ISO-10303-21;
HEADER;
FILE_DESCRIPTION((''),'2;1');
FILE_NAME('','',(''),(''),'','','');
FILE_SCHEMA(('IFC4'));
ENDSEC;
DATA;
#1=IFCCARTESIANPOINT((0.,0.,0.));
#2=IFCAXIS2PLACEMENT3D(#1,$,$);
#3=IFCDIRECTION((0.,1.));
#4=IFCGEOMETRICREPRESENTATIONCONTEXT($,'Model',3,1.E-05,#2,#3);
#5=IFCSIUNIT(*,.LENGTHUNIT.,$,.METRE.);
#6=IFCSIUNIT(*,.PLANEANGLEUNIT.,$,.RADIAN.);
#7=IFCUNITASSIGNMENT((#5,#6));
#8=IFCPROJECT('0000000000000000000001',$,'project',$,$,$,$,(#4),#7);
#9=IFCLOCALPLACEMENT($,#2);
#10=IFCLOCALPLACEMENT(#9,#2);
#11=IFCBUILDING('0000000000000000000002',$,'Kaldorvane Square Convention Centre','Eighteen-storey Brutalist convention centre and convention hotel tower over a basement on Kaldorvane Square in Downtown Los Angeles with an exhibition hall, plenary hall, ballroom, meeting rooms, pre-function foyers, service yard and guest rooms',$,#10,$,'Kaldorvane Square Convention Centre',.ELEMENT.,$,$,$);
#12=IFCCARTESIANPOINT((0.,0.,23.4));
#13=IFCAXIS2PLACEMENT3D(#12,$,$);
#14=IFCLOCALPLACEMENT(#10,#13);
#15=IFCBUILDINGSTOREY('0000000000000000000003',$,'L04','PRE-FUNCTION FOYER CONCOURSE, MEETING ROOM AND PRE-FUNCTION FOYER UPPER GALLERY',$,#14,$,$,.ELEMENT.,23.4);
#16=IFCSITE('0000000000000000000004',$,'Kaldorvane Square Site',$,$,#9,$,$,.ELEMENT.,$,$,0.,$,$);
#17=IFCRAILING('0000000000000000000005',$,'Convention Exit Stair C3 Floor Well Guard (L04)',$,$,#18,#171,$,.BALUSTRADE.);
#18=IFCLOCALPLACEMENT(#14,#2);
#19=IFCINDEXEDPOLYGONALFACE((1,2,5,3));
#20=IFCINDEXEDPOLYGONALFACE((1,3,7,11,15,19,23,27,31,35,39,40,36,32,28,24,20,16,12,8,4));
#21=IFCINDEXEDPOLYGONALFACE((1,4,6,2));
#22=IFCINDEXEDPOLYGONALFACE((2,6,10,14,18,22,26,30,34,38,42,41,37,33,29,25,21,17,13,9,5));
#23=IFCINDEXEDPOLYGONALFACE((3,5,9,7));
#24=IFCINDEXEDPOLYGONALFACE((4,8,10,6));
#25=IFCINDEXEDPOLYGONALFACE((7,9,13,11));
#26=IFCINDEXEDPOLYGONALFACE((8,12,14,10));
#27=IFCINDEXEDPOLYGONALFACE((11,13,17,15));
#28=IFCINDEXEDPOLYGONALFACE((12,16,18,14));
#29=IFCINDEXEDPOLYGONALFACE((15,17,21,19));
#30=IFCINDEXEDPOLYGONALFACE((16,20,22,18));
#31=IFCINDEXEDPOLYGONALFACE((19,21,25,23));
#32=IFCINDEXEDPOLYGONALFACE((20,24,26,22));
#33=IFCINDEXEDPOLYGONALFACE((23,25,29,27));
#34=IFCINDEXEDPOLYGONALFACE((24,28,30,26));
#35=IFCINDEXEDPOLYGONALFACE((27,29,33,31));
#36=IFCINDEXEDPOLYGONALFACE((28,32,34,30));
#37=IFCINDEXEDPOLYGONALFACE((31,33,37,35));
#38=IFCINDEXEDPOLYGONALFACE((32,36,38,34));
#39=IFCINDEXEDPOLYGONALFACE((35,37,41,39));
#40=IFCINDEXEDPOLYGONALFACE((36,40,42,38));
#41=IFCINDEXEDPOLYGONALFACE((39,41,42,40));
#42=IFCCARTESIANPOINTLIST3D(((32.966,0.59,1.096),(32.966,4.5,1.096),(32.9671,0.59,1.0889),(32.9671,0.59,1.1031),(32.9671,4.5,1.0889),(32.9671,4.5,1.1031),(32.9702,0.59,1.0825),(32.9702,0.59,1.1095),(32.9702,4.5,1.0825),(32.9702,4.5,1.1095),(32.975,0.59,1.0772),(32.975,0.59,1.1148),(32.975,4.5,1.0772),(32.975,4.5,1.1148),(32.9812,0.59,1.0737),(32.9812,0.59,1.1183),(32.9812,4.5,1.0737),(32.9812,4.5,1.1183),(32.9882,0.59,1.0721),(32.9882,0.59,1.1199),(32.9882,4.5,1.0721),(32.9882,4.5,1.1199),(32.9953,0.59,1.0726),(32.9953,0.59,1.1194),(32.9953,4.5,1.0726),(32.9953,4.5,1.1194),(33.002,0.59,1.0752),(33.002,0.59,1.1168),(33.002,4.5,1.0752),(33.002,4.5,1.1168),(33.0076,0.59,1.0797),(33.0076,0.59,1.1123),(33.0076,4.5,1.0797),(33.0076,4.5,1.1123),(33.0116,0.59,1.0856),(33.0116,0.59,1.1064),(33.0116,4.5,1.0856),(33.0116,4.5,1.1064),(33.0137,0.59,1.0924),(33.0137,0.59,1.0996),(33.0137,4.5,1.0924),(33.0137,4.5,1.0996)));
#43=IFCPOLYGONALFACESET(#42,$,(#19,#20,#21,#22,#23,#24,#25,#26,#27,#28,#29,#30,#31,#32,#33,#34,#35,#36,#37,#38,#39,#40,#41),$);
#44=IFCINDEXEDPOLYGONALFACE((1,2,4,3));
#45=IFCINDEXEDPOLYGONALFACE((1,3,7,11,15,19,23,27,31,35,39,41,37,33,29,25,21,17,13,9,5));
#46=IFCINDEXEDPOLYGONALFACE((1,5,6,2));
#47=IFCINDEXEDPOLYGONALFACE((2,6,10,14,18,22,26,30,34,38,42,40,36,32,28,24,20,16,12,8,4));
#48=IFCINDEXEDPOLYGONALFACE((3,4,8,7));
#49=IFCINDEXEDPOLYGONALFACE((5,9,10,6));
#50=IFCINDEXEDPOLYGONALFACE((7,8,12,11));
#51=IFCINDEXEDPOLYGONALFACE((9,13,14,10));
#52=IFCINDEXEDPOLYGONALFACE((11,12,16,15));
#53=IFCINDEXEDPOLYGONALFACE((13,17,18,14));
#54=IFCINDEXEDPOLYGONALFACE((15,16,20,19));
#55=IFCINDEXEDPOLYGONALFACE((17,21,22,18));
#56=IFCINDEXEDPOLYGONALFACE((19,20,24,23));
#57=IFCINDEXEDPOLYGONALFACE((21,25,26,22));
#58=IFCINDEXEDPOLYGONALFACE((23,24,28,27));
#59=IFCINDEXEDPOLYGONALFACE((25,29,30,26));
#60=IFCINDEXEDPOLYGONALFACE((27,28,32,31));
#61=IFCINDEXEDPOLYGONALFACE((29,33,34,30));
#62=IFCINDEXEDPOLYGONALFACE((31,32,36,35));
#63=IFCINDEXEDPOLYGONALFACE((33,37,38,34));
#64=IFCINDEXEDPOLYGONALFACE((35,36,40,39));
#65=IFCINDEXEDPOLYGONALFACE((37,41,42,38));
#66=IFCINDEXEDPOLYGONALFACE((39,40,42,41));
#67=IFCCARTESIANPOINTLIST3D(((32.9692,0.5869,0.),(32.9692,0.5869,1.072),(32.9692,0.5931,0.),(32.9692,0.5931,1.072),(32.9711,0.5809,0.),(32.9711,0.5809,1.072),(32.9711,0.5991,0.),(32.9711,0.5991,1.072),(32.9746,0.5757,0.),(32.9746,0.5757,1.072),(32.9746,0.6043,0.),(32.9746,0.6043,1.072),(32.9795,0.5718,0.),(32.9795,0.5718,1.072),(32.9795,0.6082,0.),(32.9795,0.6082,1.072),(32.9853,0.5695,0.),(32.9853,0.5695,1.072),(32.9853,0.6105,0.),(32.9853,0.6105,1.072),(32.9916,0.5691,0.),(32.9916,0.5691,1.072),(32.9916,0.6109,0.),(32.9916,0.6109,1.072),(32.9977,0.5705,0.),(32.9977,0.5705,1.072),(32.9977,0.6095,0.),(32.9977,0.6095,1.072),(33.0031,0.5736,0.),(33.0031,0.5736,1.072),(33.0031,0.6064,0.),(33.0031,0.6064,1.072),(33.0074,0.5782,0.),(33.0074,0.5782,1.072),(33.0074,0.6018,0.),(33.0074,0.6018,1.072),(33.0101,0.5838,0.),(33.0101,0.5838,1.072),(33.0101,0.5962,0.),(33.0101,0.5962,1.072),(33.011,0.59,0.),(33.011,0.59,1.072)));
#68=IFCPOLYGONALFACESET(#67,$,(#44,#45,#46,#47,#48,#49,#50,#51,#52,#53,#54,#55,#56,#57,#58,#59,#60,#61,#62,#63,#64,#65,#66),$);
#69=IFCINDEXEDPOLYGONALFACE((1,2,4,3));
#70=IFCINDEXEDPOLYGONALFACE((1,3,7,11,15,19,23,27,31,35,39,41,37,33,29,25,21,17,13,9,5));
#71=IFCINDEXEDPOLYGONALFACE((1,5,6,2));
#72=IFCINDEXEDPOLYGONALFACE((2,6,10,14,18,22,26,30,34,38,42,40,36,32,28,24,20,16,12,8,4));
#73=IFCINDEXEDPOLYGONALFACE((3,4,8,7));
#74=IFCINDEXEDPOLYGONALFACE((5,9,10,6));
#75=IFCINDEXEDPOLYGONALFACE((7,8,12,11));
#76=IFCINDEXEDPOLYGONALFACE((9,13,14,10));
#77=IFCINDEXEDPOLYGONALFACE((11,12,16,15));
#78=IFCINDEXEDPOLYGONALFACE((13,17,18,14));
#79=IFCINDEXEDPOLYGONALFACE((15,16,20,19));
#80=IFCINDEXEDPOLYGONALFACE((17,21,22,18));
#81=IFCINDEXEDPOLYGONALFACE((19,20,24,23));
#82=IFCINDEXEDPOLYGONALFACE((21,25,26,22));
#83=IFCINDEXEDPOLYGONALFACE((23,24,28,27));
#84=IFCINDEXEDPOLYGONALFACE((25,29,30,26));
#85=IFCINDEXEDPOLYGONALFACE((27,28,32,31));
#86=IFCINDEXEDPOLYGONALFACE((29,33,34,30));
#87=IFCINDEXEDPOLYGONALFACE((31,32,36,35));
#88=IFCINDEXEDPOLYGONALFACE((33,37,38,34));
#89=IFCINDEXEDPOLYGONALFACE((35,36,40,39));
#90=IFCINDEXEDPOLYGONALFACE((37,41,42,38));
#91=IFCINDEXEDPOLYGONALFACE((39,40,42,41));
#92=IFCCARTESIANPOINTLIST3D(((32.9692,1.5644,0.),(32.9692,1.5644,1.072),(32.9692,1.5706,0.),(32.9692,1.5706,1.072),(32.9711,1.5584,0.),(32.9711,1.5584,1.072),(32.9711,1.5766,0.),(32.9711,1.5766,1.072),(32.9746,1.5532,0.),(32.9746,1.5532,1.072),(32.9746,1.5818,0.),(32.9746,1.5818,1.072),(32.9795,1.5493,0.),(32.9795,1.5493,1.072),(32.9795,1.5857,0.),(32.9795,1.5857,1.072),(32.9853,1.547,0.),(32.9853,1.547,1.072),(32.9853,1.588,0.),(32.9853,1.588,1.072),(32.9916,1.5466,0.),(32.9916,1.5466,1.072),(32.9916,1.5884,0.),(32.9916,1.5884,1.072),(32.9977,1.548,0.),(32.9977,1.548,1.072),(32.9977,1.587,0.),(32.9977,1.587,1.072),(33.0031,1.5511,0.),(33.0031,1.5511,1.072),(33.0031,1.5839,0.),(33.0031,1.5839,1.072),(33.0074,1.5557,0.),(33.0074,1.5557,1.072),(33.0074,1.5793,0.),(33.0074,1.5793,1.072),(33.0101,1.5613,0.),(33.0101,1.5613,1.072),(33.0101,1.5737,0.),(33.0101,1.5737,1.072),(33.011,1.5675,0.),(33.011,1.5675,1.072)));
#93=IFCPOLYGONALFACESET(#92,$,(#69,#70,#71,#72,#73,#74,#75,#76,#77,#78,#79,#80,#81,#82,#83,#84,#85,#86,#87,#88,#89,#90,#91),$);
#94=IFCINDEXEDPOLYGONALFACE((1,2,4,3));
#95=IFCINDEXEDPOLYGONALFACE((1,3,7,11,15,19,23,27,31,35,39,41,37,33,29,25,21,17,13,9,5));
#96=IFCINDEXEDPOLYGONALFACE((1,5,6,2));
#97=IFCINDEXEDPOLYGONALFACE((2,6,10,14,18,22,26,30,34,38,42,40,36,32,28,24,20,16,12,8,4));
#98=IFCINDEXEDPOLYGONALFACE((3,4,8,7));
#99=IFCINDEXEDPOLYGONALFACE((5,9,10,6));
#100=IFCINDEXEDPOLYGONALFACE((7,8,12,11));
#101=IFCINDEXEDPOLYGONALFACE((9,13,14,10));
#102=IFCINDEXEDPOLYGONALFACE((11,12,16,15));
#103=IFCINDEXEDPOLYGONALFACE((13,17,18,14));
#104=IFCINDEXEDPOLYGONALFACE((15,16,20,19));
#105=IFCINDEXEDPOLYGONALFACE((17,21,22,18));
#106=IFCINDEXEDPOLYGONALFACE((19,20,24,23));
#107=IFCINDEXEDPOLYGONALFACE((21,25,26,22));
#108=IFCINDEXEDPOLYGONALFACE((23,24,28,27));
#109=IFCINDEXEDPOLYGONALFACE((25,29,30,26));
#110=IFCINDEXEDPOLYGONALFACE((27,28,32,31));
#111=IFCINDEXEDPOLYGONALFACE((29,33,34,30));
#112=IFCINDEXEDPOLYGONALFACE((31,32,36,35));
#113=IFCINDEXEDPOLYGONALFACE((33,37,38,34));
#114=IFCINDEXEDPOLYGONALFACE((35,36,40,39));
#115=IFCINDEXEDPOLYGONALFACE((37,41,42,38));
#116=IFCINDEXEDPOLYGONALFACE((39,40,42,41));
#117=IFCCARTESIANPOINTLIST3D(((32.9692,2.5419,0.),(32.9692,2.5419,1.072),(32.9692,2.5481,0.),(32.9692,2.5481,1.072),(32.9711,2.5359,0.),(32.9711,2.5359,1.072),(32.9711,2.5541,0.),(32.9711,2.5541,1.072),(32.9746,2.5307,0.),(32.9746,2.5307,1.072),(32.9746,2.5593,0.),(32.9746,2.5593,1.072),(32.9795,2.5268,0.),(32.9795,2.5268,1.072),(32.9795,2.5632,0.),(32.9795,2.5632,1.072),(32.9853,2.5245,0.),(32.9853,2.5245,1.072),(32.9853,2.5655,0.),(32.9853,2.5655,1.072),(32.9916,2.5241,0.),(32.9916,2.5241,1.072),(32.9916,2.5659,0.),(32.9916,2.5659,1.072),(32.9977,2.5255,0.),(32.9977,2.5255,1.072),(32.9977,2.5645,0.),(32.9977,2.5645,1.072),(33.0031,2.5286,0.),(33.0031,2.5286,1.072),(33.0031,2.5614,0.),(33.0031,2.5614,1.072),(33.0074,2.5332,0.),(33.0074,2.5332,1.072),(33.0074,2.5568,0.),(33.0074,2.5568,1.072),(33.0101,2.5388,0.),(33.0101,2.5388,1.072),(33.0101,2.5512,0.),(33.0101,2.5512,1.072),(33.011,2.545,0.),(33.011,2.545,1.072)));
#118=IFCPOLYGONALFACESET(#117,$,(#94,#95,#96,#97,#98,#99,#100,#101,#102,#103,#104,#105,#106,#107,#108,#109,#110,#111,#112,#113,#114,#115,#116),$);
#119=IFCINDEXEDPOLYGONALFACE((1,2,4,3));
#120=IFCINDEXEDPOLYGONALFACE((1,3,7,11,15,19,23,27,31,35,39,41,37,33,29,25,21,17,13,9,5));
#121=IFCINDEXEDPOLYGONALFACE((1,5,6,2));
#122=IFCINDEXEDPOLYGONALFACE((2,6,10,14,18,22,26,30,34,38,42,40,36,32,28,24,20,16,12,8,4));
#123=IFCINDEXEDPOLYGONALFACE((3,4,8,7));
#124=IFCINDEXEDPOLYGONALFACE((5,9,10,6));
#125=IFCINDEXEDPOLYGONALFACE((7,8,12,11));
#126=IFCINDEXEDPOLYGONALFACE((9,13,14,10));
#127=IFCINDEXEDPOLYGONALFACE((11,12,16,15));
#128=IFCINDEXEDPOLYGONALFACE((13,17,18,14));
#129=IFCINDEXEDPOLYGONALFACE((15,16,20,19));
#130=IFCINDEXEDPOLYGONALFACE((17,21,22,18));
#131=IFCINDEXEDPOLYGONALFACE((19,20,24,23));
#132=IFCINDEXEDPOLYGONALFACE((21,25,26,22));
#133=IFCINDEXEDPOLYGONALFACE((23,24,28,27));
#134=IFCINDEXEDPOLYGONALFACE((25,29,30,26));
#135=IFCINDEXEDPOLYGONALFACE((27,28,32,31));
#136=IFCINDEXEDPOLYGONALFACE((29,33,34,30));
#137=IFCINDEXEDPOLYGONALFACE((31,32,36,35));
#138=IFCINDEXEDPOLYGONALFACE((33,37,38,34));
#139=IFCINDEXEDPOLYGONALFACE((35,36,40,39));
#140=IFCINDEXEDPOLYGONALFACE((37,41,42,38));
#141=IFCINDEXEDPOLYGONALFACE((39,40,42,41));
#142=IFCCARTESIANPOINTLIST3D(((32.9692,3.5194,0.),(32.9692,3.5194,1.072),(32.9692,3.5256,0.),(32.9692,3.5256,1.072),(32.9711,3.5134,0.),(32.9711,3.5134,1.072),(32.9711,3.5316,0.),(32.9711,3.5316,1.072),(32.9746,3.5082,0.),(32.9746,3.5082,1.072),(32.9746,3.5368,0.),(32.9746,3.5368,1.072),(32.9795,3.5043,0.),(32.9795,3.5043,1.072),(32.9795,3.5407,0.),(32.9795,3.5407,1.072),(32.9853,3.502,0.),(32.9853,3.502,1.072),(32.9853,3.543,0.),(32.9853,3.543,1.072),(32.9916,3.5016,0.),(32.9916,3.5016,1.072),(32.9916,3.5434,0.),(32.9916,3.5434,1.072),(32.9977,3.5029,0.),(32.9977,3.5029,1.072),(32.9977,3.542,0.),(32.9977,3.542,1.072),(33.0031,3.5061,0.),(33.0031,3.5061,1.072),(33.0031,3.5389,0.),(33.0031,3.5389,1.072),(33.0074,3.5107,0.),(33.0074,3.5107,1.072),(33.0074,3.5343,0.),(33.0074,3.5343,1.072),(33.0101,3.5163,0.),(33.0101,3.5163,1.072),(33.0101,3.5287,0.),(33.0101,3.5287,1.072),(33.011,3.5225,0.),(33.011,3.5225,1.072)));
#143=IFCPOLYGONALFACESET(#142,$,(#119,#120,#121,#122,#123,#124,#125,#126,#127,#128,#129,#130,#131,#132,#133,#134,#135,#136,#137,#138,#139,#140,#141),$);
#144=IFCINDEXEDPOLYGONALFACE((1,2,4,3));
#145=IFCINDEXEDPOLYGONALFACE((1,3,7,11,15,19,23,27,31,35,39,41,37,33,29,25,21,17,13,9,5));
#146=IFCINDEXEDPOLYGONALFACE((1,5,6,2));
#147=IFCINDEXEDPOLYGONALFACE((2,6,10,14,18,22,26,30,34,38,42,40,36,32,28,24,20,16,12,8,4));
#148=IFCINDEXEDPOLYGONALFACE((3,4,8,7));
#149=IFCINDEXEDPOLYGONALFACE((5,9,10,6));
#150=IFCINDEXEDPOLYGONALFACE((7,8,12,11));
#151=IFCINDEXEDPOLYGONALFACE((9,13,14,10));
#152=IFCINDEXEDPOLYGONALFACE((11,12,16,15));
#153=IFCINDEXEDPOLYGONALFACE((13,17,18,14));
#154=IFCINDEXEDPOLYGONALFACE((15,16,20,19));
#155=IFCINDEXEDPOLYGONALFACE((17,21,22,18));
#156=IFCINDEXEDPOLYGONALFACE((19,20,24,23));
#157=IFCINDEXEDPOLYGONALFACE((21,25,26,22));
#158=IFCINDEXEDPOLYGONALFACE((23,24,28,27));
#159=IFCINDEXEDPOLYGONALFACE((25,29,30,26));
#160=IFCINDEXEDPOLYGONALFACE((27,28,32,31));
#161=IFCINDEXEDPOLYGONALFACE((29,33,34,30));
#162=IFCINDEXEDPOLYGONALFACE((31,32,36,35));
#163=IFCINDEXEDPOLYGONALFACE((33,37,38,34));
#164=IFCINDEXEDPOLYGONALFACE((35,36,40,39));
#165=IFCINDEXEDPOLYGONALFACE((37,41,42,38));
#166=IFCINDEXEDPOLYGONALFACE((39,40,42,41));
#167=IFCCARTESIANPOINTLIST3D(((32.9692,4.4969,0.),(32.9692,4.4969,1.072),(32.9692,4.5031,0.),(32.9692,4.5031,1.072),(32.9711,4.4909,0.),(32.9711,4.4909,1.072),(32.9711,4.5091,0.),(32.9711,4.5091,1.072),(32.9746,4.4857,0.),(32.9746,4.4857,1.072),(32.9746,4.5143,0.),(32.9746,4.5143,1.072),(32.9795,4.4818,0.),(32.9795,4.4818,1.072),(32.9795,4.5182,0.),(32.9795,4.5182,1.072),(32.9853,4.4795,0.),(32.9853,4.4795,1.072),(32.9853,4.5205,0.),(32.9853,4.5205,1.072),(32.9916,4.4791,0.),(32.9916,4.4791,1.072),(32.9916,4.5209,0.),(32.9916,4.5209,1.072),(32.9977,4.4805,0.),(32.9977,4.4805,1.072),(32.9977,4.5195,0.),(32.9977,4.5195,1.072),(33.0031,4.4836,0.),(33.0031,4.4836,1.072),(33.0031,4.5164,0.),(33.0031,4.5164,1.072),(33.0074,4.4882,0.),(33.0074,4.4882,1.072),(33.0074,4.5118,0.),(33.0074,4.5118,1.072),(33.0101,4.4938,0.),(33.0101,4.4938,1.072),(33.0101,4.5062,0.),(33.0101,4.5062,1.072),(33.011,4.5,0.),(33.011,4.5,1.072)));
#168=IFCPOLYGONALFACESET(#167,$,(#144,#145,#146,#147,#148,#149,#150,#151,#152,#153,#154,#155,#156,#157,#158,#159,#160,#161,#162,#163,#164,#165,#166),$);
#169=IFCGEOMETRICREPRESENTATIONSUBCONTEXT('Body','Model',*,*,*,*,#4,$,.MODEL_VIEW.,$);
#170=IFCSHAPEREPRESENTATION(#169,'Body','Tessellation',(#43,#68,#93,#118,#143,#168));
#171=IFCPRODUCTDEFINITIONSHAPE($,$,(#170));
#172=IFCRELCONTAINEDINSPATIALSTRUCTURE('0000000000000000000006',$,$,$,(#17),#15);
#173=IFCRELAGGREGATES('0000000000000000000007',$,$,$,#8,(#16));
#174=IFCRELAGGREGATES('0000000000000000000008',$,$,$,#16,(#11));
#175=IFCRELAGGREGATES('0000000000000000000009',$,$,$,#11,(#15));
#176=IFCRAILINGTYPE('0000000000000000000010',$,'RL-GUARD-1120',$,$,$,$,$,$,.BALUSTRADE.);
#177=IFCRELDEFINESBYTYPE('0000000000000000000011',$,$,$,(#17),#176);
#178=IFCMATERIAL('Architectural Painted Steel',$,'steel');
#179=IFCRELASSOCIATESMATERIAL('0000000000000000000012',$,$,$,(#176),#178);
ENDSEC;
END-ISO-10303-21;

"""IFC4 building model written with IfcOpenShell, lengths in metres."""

from ifc_helpers import new_model, si_unit, direction, frame, origin, origin_2d, place, context, subcontext, project, spatial, circle, extrude, material, type_object, element, save


model = new_model("IFC4")

# Units and contexts
model_context = context("Model", 3, precision=1e-05, world=origin(), true_north=direction((0.0, 1.0)))
body_context = subcontext(model_context, "Body", "Model", "MODEL_VIEW")
ifc_project = project(units=[si_unit("LENGTHUNIT", "METRE"), si_unit("PLANEANGLEUNIT", "RADIAN")], contexts=[model_context])

# Site, building, storey
site_placement = place(None, origin())
site = spatial("IfcSite", under=ifc_project, at=site_placement, Name="Kaldorvane Square Site", CompositionType="ELEMENT", RefElevation=0.0)
building_placement = place(site_placement, origin())
building = spatial("IfcBuilding", under=site, at=building_placement, Name="Kaldorvane Square Convention Centre", Description="Eighteen-storey Brutalist convention centre and convention hotel tower over a basement on Kaldorvane Square in Downtown Los Angeles with an exhibition hall, plenary hall, ballroom, meeting rooms, pre-function foyers, service yard and guest rooms", LongName="Kaldorvane Square Convention Centre", CompositionType="ELEMENT")
storey_placement = place(building_placement, frame((0.0, 0.0, 23.4)))
storey = spatial("IfcBuildingStorey", under=building, at=storey_placement, Name="L04", Description="PRE-FUNCTION FOYER CONCOURSE, MEETING ROOM AND PRE-FUNCTION FOYER UPPER GALLERY", CompositionType="ELEMENT", Elevation=23.4)

# Railing
ifc_material_1 = material(Name="Architectural Painted Steel", Category="steel")
railing_type = type_object("IfcRailingType", Name="RL-GUARD-1120", PredefinedType="BALUSTRADE", material=ifc_material_1)
railing_placement = place(storey_placement, frame((32.99, 0.59, 0.0)))
element("IfcRailing", 1, at=railing_placement, inside=storey, type_object=railing_type, Name="Convention Exit Stair C3 Floor Well Guard (L04)", PredefinedType="BALUSTRADE", context=body_context, shape_type="SweptSolid", body=[
    extrude(circle(Radius=0.024, at=origin_2d()), frame((0.0, 0.0, 1.096), z_axis=(0.0, 1.0, 0.0), x_axis=(-1.0, 0.0, 0.0)), (0.0, 0.0, 1.0), 3.91),
    extrude(circle(Radius=0.021, at=origin_2d()), origin(), (0.0, 0.0, 1.0), 1.072),
    extrude(circle(Radius=0.021, at=origin_2d()), frame((0.0, 0.9775, 0.0)), (0.0, 0.0, 1.0), 1.072),
    extrude(circle(Radius=0.021, at=origin_2d()), frame((0.0, 1.955, 0.0)), (0.0, 0.0, 1.0), 1.072),
    extrude(circle(Radius=0.021, at=origin_2d()), frame((0.0, 2.9325, 0.0)), (0.0, 0.0, 1.0), 1.072),
    extrude(circle(Radius=0.021, at=origin_2d()), frame((0.0, 3.91, 0.0)), (0.0, 0.0, 1.0), 1.072),
])

save(model, "model.ifc")
